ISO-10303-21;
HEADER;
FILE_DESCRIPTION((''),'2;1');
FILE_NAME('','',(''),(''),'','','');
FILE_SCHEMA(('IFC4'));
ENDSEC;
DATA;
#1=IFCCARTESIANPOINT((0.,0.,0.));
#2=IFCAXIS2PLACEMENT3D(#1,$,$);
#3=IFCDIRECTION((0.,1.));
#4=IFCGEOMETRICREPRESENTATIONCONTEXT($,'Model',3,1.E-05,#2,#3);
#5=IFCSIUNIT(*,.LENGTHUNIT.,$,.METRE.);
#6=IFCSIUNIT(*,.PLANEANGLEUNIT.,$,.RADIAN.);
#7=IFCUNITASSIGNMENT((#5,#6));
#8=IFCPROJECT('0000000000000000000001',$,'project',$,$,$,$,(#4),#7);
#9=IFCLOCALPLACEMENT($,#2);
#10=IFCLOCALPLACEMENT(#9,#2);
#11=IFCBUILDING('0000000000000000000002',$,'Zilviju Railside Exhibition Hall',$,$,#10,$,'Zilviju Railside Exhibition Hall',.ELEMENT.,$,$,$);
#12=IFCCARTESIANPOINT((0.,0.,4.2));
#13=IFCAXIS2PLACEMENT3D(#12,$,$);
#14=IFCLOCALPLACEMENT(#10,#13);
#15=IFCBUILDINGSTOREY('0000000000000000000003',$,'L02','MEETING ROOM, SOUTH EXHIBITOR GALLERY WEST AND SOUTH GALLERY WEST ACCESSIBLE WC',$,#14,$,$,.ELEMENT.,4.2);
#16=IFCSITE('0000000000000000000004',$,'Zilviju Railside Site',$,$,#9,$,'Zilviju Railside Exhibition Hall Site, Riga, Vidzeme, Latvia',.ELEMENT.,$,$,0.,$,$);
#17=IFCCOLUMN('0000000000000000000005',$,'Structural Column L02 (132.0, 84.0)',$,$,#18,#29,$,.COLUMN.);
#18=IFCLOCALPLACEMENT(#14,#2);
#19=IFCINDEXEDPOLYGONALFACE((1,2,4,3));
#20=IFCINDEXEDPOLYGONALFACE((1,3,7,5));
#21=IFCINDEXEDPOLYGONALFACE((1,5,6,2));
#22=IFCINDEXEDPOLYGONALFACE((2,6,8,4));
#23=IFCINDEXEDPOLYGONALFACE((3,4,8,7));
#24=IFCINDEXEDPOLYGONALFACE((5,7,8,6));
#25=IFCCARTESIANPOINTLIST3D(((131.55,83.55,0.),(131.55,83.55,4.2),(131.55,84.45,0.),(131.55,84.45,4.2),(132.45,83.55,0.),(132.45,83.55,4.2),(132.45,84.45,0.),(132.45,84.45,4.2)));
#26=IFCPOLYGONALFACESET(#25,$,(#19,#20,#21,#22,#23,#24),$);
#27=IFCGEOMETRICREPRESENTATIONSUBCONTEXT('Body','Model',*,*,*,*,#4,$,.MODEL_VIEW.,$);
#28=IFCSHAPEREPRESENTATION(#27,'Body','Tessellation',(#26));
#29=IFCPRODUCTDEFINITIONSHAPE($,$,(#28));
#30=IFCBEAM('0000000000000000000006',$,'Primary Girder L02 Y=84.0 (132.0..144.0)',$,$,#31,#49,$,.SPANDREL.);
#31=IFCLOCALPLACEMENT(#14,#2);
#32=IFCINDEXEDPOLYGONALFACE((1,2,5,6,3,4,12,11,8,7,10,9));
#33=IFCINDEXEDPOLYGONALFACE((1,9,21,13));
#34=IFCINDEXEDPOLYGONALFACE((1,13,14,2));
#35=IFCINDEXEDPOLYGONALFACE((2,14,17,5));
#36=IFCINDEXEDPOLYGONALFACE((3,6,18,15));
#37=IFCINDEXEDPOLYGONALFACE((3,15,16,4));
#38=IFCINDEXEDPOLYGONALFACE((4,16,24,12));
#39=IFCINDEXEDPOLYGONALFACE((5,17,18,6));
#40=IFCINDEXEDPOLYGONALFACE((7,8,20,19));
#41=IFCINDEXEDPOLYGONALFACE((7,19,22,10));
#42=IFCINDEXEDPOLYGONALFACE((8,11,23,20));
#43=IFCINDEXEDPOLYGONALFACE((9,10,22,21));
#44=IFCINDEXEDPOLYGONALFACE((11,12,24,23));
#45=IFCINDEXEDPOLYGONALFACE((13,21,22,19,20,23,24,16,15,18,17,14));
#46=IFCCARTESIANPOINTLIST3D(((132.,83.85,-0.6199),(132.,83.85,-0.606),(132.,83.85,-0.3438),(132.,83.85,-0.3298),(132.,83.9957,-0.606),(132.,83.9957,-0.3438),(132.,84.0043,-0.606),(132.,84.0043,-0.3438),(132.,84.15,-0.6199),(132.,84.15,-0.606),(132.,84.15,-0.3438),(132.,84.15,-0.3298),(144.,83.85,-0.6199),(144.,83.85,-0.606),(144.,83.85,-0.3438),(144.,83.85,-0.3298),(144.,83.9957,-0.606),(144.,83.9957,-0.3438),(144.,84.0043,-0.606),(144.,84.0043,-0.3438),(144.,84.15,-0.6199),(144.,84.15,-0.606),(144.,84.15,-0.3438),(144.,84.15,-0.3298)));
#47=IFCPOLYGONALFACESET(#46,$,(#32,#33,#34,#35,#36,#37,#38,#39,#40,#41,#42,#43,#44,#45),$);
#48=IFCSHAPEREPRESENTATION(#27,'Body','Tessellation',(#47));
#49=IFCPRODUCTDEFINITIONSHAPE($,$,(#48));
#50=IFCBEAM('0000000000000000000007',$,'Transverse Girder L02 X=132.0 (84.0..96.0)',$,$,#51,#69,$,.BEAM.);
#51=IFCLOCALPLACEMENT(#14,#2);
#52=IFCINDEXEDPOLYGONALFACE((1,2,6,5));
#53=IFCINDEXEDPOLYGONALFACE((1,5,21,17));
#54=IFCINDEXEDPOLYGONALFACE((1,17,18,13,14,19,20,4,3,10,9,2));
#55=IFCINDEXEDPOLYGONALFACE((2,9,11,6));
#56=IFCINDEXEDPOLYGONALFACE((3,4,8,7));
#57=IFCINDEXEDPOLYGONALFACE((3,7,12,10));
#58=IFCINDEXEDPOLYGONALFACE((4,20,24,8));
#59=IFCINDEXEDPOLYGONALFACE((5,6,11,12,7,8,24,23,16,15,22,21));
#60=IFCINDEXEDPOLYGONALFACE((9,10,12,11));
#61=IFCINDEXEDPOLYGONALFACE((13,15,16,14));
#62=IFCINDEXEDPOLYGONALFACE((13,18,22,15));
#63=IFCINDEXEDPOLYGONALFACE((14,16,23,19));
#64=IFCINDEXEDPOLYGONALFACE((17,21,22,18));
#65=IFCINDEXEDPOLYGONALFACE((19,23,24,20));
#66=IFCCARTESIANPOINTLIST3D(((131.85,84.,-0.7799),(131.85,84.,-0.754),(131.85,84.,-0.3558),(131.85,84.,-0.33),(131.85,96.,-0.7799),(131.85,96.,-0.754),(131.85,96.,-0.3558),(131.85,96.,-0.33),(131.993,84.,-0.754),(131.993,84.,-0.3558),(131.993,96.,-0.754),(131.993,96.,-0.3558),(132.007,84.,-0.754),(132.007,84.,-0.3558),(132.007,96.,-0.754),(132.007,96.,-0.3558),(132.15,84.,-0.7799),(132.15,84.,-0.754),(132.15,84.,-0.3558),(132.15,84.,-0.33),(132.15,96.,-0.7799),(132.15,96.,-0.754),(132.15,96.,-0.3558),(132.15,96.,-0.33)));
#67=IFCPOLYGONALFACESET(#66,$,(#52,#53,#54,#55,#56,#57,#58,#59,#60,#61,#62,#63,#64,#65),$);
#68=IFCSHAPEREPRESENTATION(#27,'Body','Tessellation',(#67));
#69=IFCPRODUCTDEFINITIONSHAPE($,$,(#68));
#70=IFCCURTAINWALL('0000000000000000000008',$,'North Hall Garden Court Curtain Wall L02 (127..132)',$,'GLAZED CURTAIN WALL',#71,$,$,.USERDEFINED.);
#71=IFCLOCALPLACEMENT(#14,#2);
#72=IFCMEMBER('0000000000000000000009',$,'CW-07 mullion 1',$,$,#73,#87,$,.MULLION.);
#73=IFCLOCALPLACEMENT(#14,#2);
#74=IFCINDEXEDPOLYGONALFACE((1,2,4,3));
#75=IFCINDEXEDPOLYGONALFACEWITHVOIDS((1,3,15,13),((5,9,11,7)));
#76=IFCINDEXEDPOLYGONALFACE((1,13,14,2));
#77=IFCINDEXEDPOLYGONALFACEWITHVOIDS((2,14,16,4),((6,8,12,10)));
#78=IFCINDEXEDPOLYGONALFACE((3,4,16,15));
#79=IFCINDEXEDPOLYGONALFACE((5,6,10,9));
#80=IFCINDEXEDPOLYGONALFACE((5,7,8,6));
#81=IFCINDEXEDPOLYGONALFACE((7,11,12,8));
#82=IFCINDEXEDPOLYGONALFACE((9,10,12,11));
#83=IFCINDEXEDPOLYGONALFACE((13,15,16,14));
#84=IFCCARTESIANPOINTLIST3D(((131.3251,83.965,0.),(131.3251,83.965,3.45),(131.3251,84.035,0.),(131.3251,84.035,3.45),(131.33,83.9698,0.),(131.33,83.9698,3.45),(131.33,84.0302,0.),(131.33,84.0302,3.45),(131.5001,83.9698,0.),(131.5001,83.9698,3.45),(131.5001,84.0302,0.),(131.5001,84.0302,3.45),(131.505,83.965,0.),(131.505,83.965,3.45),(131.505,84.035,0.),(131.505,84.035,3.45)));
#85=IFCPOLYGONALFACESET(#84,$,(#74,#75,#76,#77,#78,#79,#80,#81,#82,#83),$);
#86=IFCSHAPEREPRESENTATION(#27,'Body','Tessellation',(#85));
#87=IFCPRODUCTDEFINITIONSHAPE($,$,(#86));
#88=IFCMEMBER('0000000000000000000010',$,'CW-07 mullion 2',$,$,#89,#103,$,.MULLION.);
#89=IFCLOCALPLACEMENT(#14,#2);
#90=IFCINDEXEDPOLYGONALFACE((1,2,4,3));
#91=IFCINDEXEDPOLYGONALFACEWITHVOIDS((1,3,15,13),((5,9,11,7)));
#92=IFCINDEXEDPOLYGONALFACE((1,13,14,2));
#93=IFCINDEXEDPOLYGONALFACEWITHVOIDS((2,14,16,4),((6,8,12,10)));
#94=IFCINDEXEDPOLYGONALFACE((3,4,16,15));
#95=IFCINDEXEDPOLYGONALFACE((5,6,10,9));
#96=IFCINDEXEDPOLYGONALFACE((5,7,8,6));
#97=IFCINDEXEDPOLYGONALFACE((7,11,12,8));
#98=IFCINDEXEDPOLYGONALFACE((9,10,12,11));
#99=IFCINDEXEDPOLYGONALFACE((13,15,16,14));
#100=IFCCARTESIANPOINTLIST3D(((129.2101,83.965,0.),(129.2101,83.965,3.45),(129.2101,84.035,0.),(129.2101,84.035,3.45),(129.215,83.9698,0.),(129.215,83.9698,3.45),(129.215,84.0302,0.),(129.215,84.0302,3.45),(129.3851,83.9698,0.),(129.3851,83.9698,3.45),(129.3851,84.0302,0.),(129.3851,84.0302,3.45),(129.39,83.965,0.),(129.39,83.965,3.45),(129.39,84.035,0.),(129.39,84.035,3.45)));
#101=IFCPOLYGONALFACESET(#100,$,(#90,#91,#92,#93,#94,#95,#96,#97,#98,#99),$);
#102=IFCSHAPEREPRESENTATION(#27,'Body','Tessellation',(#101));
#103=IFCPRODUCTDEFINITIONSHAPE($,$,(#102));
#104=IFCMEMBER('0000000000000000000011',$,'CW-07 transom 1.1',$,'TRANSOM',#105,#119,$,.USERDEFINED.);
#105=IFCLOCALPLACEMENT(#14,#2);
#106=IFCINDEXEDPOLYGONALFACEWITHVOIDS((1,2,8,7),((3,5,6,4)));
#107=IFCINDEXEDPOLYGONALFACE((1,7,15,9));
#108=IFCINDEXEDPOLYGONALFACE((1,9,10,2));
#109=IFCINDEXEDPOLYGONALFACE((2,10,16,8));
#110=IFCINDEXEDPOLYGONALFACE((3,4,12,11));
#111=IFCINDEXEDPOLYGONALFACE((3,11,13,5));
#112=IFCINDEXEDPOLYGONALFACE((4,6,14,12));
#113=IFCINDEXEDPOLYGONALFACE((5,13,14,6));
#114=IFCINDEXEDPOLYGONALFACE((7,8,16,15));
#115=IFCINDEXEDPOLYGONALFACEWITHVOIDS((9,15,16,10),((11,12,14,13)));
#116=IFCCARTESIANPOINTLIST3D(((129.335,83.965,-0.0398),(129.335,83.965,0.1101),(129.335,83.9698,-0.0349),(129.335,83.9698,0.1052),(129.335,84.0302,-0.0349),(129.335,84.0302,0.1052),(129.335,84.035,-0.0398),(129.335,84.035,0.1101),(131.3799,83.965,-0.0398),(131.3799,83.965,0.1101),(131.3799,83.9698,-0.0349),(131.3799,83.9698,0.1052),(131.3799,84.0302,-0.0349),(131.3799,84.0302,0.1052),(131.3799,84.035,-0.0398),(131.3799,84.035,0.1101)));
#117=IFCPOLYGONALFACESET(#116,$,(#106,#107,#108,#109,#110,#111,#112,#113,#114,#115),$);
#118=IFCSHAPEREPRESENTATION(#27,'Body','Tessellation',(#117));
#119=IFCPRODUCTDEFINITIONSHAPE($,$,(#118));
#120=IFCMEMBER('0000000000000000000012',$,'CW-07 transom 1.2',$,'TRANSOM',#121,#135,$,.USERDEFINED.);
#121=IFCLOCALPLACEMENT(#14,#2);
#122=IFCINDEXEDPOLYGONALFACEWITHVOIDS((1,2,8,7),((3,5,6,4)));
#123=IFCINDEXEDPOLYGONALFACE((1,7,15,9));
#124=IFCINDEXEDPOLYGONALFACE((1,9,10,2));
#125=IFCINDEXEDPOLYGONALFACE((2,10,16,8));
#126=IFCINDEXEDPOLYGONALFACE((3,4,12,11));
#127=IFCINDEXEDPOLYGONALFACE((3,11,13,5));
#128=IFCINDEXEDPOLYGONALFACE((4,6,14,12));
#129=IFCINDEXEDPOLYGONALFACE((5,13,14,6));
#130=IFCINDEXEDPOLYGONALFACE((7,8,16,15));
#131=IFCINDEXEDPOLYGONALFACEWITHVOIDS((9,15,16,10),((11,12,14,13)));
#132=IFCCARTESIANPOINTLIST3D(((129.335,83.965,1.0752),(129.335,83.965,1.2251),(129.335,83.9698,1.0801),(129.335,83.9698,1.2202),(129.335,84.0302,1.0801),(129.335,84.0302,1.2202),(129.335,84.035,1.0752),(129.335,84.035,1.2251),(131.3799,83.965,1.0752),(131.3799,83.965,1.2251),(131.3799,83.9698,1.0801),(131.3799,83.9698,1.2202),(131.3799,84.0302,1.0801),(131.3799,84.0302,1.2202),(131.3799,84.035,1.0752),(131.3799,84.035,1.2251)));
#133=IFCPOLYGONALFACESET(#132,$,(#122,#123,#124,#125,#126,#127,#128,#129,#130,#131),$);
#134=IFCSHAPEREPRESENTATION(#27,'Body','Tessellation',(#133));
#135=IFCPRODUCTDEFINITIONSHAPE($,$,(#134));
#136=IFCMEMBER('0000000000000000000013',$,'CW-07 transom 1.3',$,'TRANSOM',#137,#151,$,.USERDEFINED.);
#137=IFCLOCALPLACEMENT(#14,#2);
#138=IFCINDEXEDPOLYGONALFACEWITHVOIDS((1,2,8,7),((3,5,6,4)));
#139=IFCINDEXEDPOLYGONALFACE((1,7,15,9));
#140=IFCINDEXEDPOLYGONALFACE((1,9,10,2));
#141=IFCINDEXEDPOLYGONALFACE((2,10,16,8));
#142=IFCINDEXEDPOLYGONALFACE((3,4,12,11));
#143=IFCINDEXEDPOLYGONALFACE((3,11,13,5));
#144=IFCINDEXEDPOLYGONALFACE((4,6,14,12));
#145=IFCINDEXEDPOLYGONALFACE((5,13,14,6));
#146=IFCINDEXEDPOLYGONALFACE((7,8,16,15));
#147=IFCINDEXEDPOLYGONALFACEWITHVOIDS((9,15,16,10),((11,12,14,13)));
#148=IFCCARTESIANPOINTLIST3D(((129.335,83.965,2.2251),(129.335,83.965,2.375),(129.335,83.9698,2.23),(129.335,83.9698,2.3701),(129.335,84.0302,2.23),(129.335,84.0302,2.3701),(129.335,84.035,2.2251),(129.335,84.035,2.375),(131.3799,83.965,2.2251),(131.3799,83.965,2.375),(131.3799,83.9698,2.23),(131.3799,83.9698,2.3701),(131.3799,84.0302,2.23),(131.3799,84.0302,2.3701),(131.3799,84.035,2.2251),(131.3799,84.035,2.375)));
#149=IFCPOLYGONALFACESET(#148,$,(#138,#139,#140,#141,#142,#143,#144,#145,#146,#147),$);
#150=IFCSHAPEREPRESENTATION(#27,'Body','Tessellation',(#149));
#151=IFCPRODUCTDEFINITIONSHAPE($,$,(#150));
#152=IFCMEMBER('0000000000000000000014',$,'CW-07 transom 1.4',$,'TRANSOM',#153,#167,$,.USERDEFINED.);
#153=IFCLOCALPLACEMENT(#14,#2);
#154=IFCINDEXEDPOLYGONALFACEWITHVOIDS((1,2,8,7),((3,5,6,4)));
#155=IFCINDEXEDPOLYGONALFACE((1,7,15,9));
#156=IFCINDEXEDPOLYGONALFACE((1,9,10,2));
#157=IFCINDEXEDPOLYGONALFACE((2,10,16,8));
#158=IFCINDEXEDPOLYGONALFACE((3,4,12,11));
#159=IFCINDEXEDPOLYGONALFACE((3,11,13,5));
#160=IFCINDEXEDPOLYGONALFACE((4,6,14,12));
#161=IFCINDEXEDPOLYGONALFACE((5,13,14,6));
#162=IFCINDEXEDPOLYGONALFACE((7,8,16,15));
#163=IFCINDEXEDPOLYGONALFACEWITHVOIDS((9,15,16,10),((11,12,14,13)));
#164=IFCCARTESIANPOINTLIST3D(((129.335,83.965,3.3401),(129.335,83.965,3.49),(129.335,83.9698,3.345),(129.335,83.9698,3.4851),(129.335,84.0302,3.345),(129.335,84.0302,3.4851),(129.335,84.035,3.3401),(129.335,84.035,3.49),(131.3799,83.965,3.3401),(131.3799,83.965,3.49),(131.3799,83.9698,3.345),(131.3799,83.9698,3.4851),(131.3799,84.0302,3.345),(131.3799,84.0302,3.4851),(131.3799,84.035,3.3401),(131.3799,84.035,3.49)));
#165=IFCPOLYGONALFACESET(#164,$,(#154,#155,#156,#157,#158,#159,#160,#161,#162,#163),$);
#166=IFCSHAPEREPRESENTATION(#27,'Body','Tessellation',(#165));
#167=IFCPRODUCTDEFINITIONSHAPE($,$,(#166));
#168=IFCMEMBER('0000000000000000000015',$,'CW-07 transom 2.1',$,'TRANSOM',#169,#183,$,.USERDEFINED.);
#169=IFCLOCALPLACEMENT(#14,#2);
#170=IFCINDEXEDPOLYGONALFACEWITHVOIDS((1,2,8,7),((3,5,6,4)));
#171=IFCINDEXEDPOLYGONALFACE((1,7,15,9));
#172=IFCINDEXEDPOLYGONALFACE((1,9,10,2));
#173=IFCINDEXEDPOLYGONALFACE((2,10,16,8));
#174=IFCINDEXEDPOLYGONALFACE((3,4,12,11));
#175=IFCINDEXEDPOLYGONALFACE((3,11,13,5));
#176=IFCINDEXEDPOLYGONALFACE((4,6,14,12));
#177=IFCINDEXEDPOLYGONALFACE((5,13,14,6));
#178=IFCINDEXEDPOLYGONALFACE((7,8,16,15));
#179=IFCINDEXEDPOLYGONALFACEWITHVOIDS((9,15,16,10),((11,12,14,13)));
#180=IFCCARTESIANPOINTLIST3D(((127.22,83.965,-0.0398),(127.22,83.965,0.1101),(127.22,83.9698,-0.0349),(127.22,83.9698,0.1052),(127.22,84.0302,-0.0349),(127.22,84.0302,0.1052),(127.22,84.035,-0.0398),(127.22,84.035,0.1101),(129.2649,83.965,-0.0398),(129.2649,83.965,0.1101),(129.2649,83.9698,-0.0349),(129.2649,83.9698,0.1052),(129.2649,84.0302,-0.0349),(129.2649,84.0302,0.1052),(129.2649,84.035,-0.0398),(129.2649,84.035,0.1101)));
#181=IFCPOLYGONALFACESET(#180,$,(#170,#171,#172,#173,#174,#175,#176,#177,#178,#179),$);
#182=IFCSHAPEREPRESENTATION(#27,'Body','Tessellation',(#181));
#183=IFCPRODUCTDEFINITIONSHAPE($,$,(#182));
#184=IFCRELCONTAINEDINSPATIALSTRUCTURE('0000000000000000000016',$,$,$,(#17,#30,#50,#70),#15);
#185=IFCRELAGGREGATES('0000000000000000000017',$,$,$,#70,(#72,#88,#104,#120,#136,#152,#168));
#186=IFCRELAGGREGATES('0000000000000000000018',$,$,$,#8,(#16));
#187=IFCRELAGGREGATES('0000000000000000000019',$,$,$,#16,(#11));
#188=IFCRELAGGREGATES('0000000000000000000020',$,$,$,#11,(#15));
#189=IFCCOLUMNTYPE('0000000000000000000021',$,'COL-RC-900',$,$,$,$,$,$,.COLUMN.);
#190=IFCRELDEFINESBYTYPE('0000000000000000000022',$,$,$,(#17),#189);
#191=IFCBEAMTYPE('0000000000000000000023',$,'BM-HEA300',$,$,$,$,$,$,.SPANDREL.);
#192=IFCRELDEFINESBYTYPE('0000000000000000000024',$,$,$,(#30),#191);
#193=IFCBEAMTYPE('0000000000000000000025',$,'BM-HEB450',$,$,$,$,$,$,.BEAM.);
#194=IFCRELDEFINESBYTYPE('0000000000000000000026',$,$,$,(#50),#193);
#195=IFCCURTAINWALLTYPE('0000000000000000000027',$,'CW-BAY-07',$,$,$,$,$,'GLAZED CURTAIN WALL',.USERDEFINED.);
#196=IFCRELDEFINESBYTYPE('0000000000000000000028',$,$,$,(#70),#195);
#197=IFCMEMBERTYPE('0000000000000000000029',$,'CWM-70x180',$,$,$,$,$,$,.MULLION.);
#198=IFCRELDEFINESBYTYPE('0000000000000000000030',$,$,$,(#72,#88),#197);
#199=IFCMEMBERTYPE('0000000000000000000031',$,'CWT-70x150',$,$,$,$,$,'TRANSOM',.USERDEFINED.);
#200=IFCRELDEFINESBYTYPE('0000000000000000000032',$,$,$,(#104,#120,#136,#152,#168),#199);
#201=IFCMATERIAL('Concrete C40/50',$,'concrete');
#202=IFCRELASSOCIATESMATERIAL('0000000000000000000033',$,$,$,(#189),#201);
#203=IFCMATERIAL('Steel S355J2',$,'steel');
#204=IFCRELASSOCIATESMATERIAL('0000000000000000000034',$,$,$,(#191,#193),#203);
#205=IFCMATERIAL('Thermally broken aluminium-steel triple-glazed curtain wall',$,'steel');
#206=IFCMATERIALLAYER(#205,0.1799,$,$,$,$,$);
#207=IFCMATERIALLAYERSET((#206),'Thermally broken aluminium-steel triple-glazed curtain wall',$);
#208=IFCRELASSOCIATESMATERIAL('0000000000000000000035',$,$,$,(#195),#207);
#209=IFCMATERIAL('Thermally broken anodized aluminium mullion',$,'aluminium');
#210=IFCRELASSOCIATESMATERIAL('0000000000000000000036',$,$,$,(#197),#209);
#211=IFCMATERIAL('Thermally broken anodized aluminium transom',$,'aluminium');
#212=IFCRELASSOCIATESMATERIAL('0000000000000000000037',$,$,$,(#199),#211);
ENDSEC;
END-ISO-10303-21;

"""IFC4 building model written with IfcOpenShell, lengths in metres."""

from ifc_helpers import new_model, si_unit, direction, frame, origin, origin_2d, place, context, subcontext, project, spatial, rectangle, hollow_rectangle, i_section, extrude, material, layer, layer_set, material_profile, profile_set, type_object, element, aggregate, save


model = new_model("IFC4")

# Units and contexts
model_context = context("Model", 3, precision=1e-05, world=origin(), true_north=direction((0.0, 1.0)))
body_context = subcontext(model_context, "Body", "Model", "MODEL_VIEW")
ifc_project = project(units=[si_unit("LENGTHUNIT", "METRE"), si_unit("PLANEANGLEUNIT", "RADIAN")], contexts=[model_context])

# Site, building, storey
site_placement = place(None, origin())
site = spatial("IfcSite", under=ifc_project, at=site_placement, Name="Zilviju Railside Site", LongName="Zilviju Railside Exhibition Hall Site, Riga, Vidzeme, Latvia", CompositionType="ELEMENT", RefElevation=0.0)
building_placement = place(site_placement, origin())
building = spatial("IfcBuilding", under=site, at=building_placement, Name="Zilviju Railside Exhibition Hall", LongName="Zilviju Railside Exhibition Hall", CompositionType="ELEMENT")
storey_placement = place(building_placement, frame((0.0, 0.0, 4.2)))
storey = spatial("IfcBuildingStorey", under=building, at=storey_placement, Name="L02", Description="MEETING ROOM, SOUTH EXHIBITOR GALLERY WEST AND SOUTH GALLERY WEST ACCESSIBLE WC", CompositionType="ELEMENT", Elevation=4.2)

# Column
ifc_material_1 = material(Name="Concrete C40/50", Category="concrete")
ifc_material_profile_1 = material_profile(ifc_material_1, rectangle(XDim=0.8999, YDim=0.8999, at=origin_2d()), Name="RC COL 900x900")
ifc_profile_set_1 = profile_set([ifc_material_profile_1], Name="Concrete C40/50")
column_type = type_object("IfcColumnType", Name="COL-RC-900", PredefinedType="COLUMN", material=ifc_profile_set_1)
column_placement = place(storey_placement, frame((132.0, 84.0, 0.0), z_axis=(0.0, 0.0, 1.0), x_axis=(1.0, 0.0, 0.0)))
element("IfcColumn", 1, at=column_placement, inside=storey, type_object=column_type, Name="Structural Column L02 (132.0, 84.0)", PredefinedType="COLUMN", context=body_context, shape_type="SweptSolid", body=[
    extrude(rectangle(XDim=0.8999, YDim=0.8999, at=origin_2d()), origin(), (0.0, 0.0, 1.0), 4.2),
])

# Beams
ifc_material_2 = material(Name="Steel S355J2", Category="steel")
ifc_material_profile_2 = material_profile(ifc_material_2, i_section(OverallWidth=0.3, OverallDepth=0.29, WebThickness=0.0085, FlangeThickness=0.0139, at=origin_2d()), Name="HEA 300")
ifc_profile_set_2 = profile_set([ifc_material_profile_2], Name="Steel S355J2")
beam_type_1 = type_object("IfcBeamType", Name="BM-HEA300", PredefinedType="SPANDREL", material=ifc_profile_set_2)
beam_1_placement = place(storey_placement, frame((132.0, 84.0, -0.4749), z_axis=(1.0, 0.0, 0.0), x_axis=(0.0, 1.0, 0.0)))
element("IfcBeam", 2, at=beam_1_placement, inside=storey, type_object=beam_type_1, Name="Primary Girder L02 Y=84.0 (132.0..144.0)", PredefinedType="SPANDREL", context=body_context, shape_type="SweptSolid", body=[
    extrude(i_section(OverallWidth=0.3, OverallDepth=0.29, WebThickness=0.0085, FlangeThickness=0.0139, at=origin_2d()), origin(), (0.0, 0.0, 1.0), 12.0),
])
ifc_material_profile_3 = material_profile(ifc_material_2, i_section(OverallWidth=0.3, OverallDepth=0.45, WebThickness=0.0139, FlangeThickness=0.0259, at=origin_2d()), Name="HEB 450")
ifc_profile_set_3 = profile_set([ifc_material_profile_3], Name="Steel S355J2")
beam_type_2 = type_object("IfcBeamType", Name="BM-HEB450", PredefinedType="BEAM", material=ifc_profile_set_3)
beam_2_placement = place(storey_placement, frame((132.0, 84.0, -0.5549), z_axis=(0.0, 1.0, 0.0), x_axis=(-1.0, 0.0, 0.0)))
element("IfcBeam", 3, at=beam_2_placement, inside=storey, type_object=beam_type_2, Name="Transverse Girder L02 X=132.0 (84.0..96.0)", PredefinedType="BEAM", context=body_context, shape_type="SweptSolid", body=[
    extrude(i_section(OverallWidth=0.3, OverallDepth=0.45, WebThickness=0.0139, FlangeThickness=0.0259, at=origin_2d()), origin(), (0.0, 0.0, 1.0), 12.0),
])

# Curtain wall, members
ifc_material_3 = material(Name="Thermally broken aluminium-steel triple-glazed curtain wall", Category="steel")
ifc_layer_1 = layer(ifc_material_3, 0.1799)
ifc_layer_set_1 = layer_set([ifc_layer_1], Name="Thermally broken aluminium-steel triple-glazed curtain wall")
curtain_wall_type = type_object("IfcCurtainWallType", Name="CW-BAY-07", ElementType="GLAZED CURTAIN WALL", PredefinedType="USERDEFINED", material=ifc_layer_set_1)
curtain_wall_placement = place(storey_placement, origin())
curtain_wall = element("IfcCurtainWall", 4, at=curtain_wall_placement, inside=storey, type_object=curtain_wall_type, Name="North Hall Garden Court Curtain Wall L02 (127..132)", ObjectType="GLAZED CURTAIN WALL", PredefinedType="USERDEFINED")
ifc_material_4 = material(Name="Thermally broken anodized aluminium mullion", Category="aluminium")
ifc_material_profile_4 = material_profile(ifc_material_4, hollow_rectangle(XDim=0.0701, YDim=0.1799, WallThickness=0.0049, at=origin_2d()), Name="MULLION 180x70x5")
ifc_profile_set_4 = profile_set([ifc_material_profile_4], Name="Thermally broken anodized aluminium mullion")
member_type_1 = type_object("IfcMemberType", Name="CWM-70x180", PredefinedType="MULLION", material=ifc_profile_set_4)
member_1_placement = place(storey_placement, frame((131.415, 84.0, 0.0), z_axis=(0.0, 0.0, 1.0), x_axis=(0.0, -1.0, 0.0)))
member_1 = element("IfcMember", 5, at=member_1_placement, type_object=member_type_1, Name="CW-07 mullion 1", PredefinedType="MULLION", context=body_context, shape_type="SweptSolid", body=[
    extrude(hollow_rectangle(XDim=0.0701, YDim=0.1799, WallThickness=0.0049, at=origin_2d()), origin(), (0.0, 0.0, 1.0), 3.45),
])
member_2_placement = place(storey_placement, frame((129.3, 84.0, 0.0), z_axis=(0.0, 0.0, 1.0), x_axis=(0.0, -1.0, 0.0)))
member_2 = element("IfcMember", 6, at=member_2_placement, type_object=member_type_1, Name="CW-07 mullion 2", PredefinedType="MULLION", context=body_context, shape_type="SweptSolid", body=[
    extrude(hollow_rectangle(XDim=0.0701, YDim=0.1799, WallThickness=0.0049, at=origin_2d()), origin(), (0.0, 0.0, 1.0), 3.45),
])
ifc_material_5 = material(Name="Thermally broken anodized aluminium transom", Category="aluminium")
ifc_material_profile_5 = material_profile(ifc_material_5, hollow_rectangle(XDim=0.0701, YDim=0.1499, WallThickness=0.0049, at=origin_2d()), Name="TRANSOM 150x70x5")
ifc_profile_set_5 = profile_set([ifc_material_profile_5], Name="Thermally broken anodized aluminium transom")
member_type_2 = type_object("IfcMemberType", Name="CWT-70x150", ElementType="TRANSOM", PredefinedType="USERDEFINED", material=ifc_profile_set_5)
member_3_placement = place(storey_placement, frame((131.3799, 84.0, 0.0352), z_axis=(-1.0, 0.0, 0.0), x_axis=(0.0, -1.0, 0.0)))
member_3 = element("IfcMember", 7, at=member_3_placement, type_object=member_type_2, Name="CW-07 transom 1.1", ObjectType="TRANSOM", PredefinedType="USERDEFINED", context=body_context, shape_type="SweptSolid", body=[
    extrude(hollow_rectangle(XDim=0.0701, YDim=0.1499, WallThickness=0.0049, at=origin_2d()), origin(), (0.0, 0.0, 1.0), 2.0449),
])
member_4_placement = place(storey_placement, frame((131.3799, 84.0, 1.1501), z_axis=(-1.0, 0.0, 0.0), x_axis=(0.0, -1.0, 0.0)))
member_4 = element("IfcMember", 8, at=member_4_placement, type_object=member_type_2, Name="CW-07 transom 1.2", ObjectType="TRANSOM", PredefinedType="USERDEFINED", context=body_context, shape_type="SweptSolid", body=[
    extrude(hollow_rectangle(XDim=0.0701, YDim=0.1499, WallThickness=0.0049, at=origin_2d()), origin(), (0.0, 0.0, 1.0), 2.0449),
])
member_5_placement = place(storey_placement, frame((131.3799, 84.0, 2.3), z_axis=(-1.0, 0.0, 0.0), x_axis=(0.0, -1.0, 0.0)))
member_5 = element("IfcMember", 9, at=member_5_placement, type_object=member_type_2, Name="CW-07 transom 1.3", ObjectType="TRANSOM", PredefinedType="USERDEFINED", context=body_context, shape_type="SweptSolid", body=[
    extrude(hollow_rectangle(XDim=0.0701, YDim=0.1499, WallThickness=0.0049, at=origin_2d()), origin(), (0.0, 0.0, 1.0), 2.0449),
])
member_6_placement = place(storey_placement, frame((131.3799, 84.0, 3.415), z_axis=(-1.0, 0.0, 0.0), x_axis=(0.0, -1.0, 0.0)))
member_6 = element("IfcMember", 10, at=member_6_placement, type_object=member_type_2, Name="CW-07 transom 1.4", ObjectType="TRANSOM", PredefinedType="USERDEFINED", context=body_context, shape_type="SweptSolid", body=[
    extrude(hollow_rectangle(XDim=0.0701, YDim=0.1499, WallThickness=0.0049, at=origin_2d()), origin(), (0.0, 0.0, 1.0), 2.0449),
])
member_7_placement = place(storey_placement, frame((129.2649, 84.0, 0.0352), z_axis=(-1.0, 0.0, 0.0), x_axis=(0.0, -1.0, 0.0)))
member_7 = element("IfcMember", 11, at=member_7_placement, type_object=member_type_2, Name="CW-07 transom 2.1", ObjectType="TRANSOM", PredefinedType="USERDEFINED", context=body_context, shape_type="SweptSolid", body=[
    extrude(hollow_rectangle(XDim=0.0701, YDim=0.1499, WallThickness=0.0049, at=origin_2d()), origin(), (0.0, 0.0, 1.0), 2.0449),
])
aggregate(curtain_wall, [member_1, member_2, member_3, member_4, member_5, member_6, member_7])

save(model, "model.ifc")
